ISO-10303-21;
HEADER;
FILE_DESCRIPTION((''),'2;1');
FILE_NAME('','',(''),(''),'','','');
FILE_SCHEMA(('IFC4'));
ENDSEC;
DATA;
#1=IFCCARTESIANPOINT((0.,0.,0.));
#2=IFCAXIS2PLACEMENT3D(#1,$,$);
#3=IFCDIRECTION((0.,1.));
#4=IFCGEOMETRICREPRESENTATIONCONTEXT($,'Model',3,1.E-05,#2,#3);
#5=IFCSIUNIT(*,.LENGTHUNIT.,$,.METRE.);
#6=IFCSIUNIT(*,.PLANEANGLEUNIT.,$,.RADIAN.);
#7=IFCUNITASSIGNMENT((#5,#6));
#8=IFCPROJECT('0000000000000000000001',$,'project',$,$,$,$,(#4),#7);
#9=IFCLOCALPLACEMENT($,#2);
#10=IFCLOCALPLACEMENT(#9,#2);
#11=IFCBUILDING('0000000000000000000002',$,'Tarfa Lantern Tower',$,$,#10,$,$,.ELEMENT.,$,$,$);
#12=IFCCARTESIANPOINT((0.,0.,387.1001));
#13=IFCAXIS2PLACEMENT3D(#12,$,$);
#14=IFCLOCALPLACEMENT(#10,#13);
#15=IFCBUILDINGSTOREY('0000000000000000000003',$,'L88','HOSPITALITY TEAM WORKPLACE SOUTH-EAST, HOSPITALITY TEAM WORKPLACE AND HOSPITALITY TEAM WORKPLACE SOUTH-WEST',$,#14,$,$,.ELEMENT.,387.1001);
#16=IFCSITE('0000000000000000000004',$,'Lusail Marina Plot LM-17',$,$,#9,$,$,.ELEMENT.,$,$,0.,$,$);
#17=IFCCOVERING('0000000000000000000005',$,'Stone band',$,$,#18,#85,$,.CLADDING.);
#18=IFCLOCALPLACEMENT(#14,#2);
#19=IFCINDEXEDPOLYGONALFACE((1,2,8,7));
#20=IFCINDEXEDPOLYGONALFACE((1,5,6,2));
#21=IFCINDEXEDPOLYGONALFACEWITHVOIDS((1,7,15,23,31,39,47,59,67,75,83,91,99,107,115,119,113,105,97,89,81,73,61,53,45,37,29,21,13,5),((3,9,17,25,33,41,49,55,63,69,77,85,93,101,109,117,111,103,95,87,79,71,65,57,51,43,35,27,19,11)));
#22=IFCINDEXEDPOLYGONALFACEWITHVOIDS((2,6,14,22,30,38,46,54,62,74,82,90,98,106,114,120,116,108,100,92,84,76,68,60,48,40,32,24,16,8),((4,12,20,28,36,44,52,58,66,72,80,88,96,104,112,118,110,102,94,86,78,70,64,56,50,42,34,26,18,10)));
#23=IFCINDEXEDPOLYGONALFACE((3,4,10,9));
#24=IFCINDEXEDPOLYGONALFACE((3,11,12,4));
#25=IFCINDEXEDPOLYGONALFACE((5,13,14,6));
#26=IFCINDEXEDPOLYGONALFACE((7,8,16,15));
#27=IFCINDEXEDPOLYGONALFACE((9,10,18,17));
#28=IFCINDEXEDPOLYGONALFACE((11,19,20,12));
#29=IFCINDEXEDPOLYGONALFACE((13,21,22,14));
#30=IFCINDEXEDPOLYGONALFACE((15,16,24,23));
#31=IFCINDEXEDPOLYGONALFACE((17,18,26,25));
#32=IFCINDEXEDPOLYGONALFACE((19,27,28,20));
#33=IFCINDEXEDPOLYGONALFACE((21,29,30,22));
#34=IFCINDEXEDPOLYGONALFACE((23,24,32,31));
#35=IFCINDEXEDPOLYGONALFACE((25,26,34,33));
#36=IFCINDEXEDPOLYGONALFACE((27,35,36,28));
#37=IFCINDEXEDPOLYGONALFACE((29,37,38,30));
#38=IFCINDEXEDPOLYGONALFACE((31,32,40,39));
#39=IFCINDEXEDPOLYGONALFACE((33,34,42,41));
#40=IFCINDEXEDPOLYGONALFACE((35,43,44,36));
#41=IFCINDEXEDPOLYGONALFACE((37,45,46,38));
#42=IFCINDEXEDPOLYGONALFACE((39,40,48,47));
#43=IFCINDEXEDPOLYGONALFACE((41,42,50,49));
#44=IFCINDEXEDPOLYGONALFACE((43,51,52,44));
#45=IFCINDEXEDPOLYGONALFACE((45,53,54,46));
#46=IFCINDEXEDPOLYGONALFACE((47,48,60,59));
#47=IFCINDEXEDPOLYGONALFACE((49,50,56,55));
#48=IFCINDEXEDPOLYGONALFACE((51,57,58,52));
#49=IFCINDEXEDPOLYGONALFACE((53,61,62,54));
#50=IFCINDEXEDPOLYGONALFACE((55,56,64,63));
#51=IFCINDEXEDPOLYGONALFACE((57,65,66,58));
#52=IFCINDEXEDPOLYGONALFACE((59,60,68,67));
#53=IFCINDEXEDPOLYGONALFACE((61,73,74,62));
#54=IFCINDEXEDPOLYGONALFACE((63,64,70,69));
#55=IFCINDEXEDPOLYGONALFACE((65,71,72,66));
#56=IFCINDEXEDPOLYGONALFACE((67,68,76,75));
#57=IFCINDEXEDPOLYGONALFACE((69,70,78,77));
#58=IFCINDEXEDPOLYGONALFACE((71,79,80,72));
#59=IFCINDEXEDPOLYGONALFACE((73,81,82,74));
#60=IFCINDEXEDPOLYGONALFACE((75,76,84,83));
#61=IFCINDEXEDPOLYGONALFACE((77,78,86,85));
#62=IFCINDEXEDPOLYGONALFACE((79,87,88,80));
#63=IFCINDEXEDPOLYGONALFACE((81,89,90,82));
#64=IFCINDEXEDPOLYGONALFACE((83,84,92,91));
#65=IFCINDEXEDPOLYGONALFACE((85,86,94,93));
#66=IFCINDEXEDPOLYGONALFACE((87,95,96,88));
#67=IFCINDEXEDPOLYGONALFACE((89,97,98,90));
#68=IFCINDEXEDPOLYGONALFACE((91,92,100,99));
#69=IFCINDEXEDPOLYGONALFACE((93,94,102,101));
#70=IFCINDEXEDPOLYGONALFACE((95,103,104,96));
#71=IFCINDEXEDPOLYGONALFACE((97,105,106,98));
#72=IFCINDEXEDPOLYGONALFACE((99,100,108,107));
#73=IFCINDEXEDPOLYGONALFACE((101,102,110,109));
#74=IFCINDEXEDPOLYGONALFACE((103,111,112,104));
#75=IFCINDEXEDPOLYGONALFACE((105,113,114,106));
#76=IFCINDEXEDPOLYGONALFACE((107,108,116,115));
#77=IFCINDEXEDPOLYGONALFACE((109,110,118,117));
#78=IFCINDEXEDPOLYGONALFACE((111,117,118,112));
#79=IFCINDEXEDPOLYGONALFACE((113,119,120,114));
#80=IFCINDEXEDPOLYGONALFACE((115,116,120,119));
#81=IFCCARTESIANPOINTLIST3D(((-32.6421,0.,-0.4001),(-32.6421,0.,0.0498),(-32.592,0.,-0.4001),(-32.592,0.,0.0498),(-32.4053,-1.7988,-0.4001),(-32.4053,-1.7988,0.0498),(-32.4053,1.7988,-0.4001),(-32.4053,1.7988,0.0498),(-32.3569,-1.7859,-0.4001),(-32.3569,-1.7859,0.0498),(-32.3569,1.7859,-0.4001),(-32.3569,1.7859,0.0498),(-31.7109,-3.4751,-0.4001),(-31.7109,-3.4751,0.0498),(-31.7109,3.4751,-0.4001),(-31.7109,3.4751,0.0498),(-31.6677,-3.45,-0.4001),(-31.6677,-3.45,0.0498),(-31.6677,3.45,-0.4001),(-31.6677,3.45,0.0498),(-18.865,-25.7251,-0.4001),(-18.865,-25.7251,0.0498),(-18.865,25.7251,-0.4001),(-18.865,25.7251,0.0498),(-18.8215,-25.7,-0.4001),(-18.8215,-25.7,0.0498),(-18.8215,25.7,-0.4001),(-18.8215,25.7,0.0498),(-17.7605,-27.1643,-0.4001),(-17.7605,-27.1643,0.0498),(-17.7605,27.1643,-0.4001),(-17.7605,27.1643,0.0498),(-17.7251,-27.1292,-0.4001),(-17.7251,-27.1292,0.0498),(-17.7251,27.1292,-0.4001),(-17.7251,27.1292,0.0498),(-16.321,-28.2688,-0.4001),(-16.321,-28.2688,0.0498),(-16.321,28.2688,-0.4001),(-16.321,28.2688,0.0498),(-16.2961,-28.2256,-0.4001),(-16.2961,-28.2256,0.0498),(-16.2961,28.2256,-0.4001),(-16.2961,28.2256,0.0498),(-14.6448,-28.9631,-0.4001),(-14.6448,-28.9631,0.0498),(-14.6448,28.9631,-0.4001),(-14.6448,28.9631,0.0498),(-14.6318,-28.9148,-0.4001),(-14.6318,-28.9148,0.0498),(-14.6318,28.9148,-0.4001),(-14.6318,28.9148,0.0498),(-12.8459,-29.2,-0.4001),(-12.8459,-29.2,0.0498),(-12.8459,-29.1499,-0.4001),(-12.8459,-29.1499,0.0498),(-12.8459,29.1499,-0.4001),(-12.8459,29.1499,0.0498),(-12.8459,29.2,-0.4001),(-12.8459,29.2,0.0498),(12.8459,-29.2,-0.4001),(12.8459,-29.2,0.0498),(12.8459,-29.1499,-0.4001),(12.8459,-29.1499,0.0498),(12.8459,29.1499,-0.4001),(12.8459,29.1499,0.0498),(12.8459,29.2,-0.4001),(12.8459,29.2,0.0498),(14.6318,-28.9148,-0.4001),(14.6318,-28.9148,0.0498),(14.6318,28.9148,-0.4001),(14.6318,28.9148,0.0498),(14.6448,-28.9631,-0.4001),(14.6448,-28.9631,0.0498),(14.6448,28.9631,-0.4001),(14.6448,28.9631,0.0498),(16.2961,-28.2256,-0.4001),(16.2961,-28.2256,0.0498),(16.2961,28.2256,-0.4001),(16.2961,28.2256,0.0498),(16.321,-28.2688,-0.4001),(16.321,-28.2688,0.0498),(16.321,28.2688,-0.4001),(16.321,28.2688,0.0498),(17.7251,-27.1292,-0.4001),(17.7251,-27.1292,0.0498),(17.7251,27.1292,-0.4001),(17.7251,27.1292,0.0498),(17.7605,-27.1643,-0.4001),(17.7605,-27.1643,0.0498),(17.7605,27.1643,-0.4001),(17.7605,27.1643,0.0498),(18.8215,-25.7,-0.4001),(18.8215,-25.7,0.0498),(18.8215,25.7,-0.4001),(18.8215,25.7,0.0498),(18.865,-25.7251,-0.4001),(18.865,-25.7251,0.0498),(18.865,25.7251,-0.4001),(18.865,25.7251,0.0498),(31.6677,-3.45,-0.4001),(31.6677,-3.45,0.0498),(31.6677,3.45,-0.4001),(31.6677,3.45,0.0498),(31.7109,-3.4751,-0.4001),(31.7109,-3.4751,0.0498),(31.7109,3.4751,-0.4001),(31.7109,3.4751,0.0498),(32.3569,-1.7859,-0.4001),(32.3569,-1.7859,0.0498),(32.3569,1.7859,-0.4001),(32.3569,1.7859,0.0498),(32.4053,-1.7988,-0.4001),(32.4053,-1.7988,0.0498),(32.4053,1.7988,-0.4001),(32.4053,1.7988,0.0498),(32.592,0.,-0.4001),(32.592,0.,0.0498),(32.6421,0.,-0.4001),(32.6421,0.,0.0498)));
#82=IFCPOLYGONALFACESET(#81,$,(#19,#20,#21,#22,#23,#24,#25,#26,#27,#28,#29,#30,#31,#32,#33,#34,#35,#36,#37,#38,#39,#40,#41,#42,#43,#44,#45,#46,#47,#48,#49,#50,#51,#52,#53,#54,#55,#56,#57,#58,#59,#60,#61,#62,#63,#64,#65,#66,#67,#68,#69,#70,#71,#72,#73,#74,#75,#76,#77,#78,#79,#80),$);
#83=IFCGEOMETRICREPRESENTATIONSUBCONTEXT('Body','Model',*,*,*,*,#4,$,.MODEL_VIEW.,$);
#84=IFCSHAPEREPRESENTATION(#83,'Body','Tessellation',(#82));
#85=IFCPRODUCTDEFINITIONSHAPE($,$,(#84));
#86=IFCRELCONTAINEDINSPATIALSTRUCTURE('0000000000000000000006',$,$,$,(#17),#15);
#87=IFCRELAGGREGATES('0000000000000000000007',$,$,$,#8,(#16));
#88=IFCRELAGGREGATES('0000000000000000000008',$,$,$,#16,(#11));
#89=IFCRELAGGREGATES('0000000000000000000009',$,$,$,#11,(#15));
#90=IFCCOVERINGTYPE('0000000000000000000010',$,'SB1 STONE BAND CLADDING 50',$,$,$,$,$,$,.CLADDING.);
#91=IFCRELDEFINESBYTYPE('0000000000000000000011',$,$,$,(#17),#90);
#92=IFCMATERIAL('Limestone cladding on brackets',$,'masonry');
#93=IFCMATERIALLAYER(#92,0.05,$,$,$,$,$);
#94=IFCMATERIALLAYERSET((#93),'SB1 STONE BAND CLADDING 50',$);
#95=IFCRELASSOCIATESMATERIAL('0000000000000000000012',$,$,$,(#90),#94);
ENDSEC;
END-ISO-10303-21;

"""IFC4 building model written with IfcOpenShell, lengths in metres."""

from ifc_helpers import new_model, si_unit, direction, frame, origin, place, context, subcontext, project, spatial, polyline, outline, extrude, material, layer, layer_set, type_object, element, save


model = new_model("IFC4")

# Units and contexts
model_context = context("Model", 3, precision=1e-05, world=origin(), true_north=direction((0.0, 1.0)))
body_context = subcontext(model_context, "Body", "Model", "MODEL_VIEW")
ifc_project = project(units=[si_unit("LENGTHUNIT", "METRE"), si_unit("PLANEANGLEUNIT", "RADIAN")], contexts=[model_context])

# Site, building, storey
site_placement = place(None, origin())
site = spatial("IfcSite", under=ifc_project, at=site_placement, Name="Lusail Marina Plot LM-17", CompositionType="ELEMENT", RefElevation=0.0)
building_placement = place(site_placement, origin())
building = spatial("IfcBuilding", under=site, at=building_placement, Name="Tarfa Lantern Tower", CompositionType="ELEMENT")
storey_placement = place(building_placement, frame((0.0, 0.0, 387.1001)))
storey = spatial("IfcBuildingStorey", under=building, at=storey_placement, Name="L88", Description="HOSPITALITY TEAM WORKPLACE SOUTH-EAST, HOSPITALITY TEAM WORKPLACE AND HOSPITALITY TEAM WORKPLACE SOUTH-WEST", CompositionType="ELEMENT", Elevation=387.1001)

# Covering
ifc_material_1 = material(Name="Limestone cladding on brackets", Category="masonry")
ifc_layer_1 = layer(ifc_material_1, 0.05)
ifc_layer_set_1 = layer_set([ifc_layer_1], Name="SB1 STONE BAND CLADDING 50")
covering_type_1 = type_object("IfcCoveringType", Name="SB1 STONE BAND CLADDING 50", PredefinedType="CLADDING", material=ifc_layer_set_1)
covering_1_placement = place(storey_placement, frame((0.0, 0.0, -0.4001)))
element("IfcCovering", 1, at=covering_1_placement, inside=storey, type_object=covering_type_1, Name="Stone band", PredefinedType="CLADDING", context=body_context, shape_type="SweptSolid", body=[
    extrude(outline(polyline([(31.7109, 3.4751), (18.865, 25.7251), (17.7605, 27.1643), (16.321, 28.2688), (14.6448, 28.9631), (12.8459, 29.2), (-12.8459, 29.2), (-14.6448, 28.9631), (-16.321, 28.2688), (-17.7605, 27.1643), (-18.865, 25.7251), (-31.7109, 3.4751), (-32.4053, 1.7988), (-32.6421, 0.0), (-32.4053, -1.7988), (-31.7109, -3.4751), (-18.865, -25.7251), (-17.7605, -27.1643), (-16.321, -28.2688), (-14.6448, -28.9631), (-12.8459, -29.2), (12.8459, -29.2), (14.6448, -28.9631), (16.321, -28.2688), (17.7605, -27.1643), (18.865, -25.7251), (31.7109, -3.4751), (32.4053, -1.7988), (32.6421, 0.0), (32.4053, 1.7988), (31.7109, 3.4751)]), holes=[polyline([(31.6677, 3.45), (18.8215, 25.7), (17.7251, 27.1292), (16.2961, 28.2256), (14.6318, 28.9148), (12.8459, 29.1499), (-12.8459, 29.1499), (-14.6318, 28.9148), (-16.2961, 28.2256), (-17.7251, 27.1292), (-18.8215, 25.7), (-31.6677, 3.45), (-32.3569, 1.7859), (-32.592, 0.0), (-32.3569, -1.7859), (-31.6677, -3.45), (-18.8215, -25.7), (-17.7251, -27.1292), (-16.2961, -28.2256), (-14.6318, -28.9148), (-12.8459, -29.1499), (12.8459, -29.1499), (14.6318, -28.9148), (16.2961, -28.2256), (17.7251, -27.1292), (18.8215, -25.7), (31.6677, -3.45), (32.3569, -1.7859), (32.592, 0.0), (32.3569, 1.7859), (31.6677, 3.45)])]), origin(), (0.0, 0.0, 1.0), 0.45),
])

save(model, "model.ifc")
